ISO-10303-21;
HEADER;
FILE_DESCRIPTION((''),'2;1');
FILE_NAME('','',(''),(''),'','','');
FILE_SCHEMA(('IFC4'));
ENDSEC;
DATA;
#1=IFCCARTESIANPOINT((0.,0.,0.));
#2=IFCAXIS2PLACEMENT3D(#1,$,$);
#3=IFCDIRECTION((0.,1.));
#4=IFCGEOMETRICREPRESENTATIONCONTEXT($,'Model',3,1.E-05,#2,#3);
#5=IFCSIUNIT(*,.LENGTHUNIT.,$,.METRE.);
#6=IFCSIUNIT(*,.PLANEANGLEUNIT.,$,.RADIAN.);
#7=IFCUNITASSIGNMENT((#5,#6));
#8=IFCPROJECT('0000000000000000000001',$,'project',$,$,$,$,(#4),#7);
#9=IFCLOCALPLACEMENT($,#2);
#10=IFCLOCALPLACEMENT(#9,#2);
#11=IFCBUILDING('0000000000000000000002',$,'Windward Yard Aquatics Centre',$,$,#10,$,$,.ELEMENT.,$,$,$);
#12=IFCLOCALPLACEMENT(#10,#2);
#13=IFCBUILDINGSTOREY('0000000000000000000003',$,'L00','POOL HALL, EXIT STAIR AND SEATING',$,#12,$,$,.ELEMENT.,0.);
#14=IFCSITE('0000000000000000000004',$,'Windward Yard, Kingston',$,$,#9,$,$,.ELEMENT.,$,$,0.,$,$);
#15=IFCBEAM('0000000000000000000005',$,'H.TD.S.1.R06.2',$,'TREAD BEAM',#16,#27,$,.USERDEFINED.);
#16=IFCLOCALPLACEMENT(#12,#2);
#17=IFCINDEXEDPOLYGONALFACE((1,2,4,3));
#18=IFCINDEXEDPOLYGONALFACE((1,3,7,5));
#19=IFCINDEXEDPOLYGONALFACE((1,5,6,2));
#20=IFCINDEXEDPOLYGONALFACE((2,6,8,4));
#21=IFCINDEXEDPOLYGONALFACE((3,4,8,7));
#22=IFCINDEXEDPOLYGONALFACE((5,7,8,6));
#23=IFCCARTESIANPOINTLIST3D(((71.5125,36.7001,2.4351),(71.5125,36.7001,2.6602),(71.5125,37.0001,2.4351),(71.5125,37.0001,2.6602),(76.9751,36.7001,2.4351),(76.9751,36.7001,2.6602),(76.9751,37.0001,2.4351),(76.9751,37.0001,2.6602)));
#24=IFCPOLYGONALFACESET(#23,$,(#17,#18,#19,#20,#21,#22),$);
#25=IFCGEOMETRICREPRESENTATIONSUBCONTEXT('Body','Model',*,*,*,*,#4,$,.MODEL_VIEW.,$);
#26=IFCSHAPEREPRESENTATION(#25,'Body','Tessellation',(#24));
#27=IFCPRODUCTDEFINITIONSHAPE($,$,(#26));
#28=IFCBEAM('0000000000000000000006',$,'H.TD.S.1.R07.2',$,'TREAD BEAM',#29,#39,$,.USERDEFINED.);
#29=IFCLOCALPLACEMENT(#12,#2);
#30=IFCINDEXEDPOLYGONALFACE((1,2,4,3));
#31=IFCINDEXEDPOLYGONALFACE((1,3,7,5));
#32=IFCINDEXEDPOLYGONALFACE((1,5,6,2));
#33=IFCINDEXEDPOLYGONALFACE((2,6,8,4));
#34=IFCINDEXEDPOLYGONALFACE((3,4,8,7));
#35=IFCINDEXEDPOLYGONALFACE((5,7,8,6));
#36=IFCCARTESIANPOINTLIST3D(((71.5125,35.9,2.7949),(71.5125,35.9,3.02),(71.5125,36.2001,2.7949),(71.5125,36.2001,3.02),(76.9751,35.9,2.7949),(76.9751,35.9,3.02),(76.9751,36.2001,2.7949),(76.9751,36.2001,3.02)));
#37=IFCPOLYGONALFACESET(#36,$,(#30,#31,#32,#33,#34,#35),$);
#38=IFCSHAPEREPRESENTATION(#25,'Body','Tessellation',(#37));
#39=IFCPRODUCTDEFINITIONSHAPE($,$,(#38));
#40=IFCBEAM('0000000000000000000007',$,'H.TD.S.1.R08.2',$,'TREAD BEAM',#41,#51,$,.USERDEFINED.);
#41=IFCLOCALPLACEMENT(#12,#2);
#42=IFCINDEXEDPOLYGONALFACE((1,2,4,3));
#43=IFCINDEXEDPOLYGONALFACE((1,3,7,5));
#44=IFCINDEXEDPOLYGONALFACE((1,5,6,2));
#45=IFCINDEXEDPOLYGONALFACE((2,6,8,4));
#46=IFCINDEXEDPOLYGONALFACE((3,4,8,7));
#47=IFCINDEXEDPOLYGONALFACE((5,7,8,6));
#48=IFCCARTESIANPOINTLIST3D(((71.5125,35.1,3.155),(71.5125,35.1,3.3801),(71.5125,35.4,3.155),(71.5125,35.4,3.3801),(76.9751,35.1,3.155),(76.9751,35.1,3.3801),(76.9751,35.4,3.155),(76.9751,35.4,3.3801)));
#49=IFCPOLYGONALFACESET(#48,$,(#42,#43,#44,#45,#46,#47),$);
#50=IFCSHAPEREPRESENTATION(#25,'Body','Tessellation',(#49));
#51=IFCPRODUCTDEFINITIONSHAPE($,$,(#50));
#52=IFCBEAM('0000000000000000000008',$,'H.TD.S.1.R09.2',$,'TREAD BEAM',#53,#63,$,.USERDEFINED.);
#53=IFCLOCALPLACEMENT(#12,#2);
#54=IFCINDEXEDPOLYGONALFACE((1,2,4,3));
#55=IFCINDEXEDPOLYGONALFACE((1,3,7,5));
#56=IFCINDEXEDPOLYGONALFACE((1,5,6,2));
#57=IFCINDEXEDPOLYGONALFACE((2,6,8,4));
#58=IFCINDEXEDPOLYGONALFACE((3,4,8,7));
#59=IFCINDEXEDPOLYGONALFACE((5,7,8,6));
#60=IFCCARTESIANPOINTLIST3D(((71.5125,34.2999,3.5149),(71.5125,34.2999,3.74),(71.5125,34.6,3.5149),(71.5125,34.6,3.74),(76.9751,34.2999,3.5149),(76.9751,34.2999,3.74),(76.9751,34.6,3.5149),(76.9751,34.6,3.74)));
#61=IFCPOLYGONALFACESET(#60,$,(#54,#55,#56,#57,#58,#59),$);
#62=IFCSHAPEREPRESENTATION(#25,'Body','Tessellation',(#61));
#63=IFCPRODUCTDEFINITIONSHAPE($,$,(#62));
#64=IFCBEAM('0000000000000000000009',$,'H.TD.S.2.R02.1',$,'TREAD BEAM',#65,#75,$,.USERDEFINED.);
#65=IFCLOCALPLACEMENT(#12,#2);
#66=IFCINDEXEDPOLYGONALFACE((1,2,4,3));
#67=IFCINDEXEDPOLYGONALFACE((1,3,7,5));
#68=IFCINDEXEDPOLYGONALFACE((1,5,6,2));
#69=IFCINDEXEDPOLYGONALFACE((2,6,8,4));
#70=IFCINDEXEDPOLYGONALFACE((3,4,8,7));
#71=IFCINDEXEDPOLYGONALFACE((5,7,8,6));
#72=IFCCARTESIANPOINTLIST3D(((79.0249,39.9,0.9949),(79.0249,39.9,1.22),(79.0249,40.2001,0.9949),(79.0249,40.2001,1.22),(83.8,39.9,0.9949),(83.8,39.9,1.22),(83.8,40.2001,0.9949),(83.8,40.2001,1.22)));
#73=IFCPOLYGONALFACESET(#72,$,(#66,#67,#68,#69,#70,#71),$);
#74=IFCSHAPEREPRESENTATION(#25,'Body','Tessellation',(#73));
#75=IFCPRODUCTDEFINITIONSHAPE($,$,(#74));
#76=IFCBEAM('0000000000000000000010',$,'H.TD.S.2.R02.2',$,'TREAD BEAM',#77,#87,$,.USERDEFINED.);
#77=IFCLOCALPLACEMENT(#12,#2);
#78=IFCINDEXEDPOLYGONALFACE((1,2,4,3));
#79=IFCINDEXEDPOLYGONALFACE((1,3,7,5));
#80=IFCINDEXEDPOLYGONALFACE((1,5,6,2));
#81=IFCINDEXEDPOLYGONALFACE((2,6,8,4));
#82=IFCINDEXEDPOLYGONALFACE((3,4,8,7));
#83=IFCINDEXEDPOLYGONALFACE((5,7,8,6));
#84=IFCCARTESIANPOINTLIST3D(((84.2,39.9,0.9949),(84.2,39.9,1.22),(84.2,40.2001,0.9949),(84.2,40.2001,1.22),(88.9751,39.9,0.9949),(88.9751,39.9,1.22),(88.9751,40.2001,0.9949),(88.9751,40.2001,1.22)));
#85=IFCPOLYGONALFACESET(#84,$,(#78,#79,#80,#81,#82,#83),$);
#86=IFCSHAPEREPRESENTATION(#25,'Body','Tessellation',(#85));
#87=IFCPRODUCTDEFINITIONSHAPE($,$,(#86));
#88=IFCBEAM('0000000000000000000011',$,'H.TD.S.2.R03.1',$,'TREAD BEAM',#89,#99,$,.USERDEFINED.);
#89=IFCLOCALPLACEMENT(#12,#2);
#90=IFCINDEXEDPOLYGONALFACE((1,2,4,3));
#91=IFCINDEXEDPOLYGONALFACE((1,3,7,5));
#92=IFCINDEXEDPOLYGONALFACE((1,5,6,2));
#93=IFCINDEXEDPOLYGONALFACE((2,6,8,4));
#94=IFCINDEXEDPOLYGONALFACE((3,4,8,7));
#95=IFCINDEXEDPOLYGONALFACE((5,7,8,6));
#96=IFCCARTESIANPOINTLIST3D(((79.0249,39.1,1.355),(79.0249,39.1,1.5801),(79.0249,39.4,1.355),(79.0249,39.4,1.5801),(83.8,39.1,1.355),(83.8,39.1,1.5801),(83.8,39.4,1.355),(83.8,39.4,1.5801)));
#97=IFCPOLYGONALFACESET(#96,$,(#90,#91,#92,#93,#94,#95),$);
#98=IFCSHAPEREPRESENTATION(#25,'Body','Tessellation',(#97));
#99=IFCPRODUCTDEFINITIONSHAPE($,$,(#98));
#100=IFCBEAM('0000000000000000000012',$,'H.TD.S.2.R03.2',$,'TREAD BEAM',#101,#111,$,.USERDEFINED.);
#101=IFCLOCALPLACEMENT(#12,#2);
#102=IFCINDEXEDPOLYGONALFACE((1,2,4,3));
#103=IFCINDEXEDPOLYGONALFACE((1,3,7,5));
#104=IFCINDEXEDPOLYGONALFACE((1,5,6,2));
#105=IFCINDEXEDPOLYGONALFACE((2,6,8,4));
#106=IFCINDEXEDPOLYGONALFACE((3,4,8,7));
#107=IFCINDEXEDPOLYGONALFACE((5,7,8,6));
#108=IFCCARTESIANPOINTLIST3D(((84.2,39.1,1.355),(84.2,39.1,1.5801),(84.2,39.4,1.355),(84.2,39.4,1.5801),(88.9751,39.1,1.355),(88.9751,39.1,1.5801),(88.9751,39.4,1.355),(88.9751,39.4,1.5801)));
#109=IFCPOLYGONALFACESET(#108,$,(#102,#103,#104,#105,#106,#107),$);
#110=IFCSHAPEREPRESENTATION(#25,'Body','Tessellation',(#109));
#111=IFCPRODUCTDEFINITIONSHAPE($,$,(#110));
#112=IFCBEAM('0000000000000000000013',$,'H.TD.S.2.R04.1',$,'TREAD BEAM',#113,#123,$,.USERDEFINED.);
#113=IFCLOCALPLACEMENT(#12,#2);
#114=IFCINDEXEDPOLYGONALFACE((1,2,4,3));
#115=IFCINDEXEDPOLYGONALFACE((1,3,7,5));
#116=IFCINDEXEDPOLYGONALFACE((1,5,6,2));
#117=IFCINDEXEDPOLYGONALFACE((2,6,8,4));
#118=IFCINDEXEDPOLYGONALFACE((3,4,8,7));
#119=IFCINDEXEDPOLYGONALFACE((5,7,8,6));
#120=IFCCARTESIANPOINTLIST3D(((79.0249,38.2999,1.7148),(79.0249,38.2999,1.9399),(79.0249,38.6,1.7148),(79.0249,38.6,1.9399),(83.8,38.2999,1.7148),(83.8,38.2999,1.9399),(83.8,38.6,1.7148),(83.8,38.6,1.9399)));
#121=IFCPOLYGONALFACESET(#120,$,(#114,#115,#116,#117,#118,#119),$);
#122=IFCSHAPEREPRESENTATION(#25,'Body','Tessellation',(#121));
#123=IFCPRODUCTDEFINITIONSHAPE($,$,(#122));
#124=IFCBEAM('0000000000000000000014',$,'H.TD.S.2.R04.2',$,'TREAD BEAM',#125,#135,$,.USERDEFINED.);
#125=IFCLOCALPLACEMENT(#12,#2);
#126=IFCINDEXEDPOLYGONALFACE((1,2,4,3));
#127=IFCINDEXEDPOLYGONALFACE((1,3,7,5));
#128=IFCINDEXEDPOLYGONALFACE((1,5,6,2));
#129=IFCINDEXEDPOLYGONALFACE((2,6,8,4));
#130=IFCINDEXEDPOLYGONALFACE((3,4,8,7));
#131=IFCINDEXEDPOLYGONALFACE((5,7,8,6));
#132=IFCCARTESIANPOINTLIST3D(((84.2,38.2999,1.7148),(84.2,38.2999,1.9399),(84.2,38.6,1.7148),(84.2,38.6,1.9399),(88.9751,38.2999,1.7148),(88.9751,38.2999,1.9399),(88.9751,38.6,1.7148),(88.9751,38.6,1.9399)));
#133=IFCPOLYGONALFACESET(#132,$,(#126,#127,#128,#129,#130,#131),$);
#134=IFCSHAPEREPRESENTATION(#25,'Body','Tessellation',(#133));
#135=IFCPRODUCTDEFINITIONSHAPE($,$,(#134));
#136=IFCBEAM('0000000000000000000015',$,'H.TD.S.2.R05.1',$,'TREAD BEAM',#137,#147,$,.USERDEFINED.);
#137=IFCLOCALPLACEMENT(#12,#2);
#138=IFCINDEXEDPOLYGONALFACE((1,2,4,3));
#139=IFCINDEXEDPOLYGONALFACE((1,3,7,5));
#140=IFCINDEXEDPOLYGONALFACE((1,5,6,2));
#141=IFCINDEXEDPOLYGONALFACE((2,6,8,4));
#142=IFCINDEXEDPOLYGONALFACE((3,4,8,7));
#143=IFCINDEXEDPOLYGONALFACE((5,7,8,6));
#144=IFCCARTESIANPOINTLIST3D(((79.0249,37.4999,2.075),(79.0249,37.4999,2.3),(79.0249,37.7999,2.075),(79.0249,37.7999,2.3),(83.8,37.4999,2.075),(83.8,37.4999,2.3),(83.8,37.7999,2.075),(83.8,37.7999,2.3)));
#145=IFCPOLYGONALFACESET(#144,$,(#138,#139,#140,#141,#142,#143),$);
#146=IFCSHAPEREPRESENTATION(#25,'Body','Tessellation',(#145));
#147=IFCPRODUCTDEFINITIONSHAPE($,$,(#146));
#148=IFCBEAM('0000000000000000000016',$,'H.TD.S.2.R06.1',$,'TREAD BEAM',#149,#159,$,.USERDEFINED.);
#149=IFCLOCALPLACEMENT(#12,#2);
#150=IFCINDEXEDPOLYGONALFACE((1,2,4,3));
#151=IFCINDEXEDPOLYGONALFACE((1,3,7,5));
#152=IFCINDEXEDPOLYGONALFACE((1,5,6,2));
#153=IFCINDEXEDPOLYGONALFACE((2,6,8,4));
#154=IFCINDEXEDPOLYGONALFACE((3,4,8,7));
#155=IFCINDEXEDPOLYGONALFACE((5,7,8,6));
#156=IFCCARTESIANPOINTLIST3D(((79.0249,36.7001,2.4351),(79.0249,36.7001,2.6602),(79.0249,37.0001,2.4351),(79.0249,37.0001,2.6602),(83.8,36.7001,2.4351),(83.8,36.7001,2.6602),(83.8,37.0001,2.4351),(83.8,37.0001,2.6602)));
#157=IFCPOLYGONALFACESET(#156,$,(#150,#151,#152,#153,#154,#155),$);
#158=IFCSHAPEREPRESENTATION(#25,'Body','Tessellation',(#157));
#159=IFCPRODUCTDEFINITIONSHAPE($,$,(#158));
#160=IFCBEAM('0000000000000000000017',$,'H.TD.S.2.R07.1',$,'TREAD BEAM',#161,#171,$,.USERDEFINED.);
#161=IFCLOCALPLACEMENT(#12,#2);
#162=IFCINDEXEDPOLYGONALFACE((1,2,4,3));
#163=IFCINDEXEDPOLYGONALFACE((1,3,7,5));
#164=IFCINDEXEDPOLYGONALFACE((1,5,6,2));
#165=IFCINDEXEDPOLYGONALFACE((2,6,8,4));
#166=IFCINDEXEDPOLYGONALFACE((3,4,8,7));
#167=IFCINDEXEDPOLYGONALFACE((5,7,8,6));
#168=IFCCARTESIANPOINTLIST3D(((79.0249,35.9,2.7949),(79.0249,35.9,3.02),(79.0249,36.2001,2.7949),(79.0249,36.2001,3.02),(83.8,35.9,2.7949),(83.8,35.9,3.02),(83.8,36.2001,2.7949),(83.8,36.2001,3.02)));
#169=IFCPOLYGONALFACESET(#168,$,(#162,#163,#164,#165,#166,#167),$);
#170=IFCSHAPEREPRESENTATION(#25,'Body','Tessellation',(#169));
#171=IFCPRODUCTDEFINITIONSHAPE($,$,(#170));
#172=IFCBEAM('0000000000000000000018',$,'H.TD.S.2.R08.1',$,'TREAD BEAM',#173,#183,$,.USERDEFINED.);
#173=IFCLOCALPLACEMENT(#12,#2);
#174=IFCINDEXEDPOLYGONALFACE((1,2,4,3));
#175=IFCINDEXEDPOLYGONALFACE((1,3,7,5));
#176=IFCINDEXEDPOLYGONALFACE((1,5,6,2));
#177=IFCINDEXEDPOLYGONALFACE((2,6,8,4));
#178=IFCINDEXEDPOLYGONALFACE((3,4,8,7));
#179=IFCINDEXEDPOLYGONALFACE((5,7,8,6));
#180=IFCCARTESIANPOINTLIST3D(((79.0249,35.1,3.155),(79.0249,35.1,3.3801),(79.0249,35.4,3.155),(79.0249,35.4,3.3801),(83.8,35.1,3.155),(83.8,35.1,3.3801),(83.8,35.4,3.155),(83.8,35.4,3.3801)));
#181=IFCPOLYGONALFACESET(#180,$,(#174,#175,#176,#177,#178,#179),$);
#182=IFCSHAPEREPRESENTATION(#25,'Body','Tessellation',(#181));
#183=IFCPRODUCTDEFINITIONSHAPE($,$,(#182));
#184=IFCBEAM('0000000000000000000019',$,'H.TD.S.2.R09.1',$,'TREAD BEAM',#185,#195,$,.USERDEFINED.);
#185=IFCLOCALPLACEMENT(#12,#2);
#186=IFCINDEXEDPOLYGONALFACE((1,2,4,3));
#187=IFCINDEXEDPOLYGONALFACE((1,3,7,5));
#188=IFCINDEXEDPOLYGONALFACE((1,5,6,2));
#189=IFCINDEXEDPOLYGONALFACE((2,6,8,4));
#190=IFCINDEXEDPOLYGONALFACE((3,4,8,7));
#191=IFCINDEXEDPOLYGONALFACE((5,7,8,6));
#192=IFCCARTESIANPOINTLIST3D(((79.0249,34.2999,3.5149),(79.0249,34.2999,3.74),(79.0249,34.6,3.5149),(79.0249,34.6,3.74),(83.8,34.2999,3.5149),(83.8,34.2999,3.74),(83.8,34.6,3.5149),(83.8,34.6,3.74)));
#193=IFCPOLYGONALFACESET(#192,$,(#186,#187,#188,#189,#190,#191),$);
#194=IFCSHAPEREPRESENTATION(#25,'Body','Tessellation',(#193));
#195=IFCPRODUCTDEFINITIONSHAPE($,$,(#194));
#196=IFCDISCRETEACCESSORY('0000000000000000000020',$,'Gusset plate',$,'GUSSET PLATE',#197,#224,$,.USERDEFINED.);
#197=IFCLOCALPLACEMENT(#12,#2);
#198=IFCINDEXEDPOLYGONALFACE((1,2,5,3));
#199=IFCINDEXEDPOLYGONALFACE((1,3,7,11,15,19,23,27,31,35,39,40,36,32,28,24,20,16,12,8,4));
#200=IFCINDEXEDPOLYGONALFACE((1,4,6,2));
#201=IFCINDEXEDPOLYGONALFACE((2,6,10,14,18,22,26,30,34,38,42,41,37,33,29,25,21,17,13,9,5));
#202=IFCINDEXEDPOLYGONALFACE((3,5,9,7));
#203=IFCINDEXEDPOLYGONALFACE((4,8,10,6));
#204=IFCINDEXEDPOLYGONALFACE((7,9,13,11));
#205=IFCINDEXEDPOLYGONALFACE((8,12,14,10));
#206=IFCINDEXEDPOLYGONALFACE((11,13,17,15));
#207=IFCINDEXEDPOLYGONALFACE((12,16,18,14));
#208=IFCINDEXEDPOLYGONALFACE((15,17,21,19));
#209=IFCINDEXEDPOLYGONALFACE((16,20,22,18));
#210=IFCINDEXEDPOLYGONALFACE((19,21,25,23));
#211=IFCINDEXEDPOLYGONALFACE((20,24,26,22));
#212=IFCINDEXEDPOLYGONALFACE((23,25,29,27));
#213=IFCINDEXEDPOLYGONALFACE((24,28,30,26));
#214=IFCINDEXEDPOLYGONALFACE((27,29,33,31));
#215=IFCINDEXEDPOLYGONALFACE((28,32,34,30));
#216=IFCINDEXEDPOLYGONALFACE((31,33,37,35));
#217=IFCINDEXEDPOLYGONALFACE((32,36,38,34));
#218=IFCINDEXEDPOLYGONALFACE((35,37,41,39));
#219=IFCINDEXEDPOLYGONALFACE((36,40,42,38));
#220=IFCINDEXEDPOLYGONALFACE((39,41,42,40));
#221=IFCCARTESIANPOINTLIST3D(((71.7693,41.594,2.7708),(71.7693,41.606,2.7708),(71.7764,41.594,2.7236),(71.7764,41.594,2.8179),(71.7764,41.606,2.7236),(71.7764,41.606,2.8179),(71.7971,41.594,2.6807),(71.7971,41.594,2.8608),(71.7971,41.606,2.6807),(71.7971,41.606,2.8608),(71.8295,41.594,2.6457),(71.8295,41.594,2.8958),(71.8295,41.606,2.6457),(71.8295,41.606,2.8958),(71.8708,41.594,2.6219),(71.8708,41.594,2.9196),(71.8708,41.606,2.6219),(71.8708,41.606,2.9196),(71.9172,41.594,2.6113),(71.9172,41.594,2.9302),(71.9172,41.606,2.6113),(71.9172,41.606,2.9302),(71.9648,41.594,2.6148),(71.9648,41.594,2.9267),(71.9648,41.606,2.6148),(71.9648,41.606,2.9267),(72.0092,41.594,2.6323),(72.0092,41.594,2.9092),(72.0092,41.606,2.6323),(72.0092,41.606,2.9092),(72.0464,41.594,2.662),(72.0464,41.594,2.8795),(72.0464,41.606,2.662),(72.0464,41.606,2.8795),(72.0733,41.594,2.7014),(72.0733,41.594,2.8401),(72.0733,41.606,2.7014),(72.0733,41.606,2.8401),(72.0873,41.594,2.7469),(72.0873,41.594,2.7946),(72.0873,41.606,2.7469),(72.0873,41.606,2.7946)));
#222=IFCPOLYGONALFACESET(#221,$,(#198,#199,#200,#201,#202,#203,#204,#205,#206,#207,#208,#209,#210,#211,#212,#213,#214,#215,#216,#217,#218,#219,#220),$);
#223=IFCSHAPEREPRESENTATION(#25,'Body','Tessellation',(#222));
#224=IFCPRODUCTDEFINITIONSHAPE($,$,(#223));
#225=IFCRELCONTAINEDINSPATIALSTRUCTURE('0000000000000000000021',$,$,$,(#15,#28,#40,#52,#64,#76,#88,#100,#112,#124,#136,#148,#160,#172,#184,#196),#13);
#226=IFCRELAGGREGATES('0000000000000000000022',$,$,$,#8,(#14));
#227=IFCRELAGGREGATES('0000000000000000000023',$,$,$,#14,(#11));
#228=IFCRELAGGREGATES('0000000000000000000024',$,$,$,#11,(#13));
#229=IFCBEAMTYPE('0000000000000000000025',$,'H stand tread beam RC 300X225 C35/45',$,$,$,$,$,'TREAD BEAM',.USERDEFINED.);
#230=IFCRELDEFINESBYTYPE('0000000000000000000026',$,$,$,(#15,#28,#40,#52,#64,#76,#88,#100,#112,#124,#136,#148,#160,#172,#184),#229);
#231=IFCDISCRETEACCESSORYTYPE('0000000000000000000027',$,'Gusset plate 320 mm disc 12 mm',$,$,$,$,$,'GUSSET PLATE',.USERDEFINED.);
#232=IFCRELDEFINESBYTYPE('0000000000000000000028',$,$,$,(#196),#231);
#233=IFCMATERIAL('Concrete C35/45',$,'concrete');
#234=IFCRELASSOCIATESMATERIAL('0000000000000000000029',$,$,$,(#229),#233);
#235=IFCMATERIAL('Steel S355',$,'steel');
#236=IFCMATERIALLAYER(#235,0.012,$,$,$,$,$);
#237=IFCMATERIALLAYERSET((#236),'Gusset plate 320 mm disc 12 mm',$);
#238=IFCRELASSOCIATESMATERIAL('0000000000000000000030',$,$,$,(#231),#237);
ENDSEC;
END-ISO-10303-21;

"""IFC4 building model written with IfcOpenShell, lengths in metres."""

from ifc_helpers import new_model, si_unit, direction, frame, origin, origin_2d, place, context, subcontext, project, spatial, rectangle, circle, extrude, material, layer, layer_set, material_profile, profile_set, type_object, element, save


model = new_model("IFC4")

# Units and contexts
model_context = context("Model", 3, precision=1e-05, world=origin(), true_north=direction((0.0, 1.0)))
body_context = subcontext(model_context, "Body", "Model", "MODEL_VIEW")
ifc_project = project(units=[si_unit("LENGTHUNIT", "METRE"), si_unit("PLANEANGLEUNIT", "RADIAN")], contexts=[model_context])

# Site, building, storey
site_placement = place(None, origin())
site = spatial("IfcSite", under=ifc_project, at=site_placement, Name="Windward Yard, Kingston", CompositionType="ELEMENT", RefElevation=0.0)
building_placement = place(site_placement, origin())
building = spatial("IfcBuilding", under=site, at=building_placement, Name="Windward Yard Aquatics Centre", CompositionType="ELEMENT")
storey_placement = place(building_placement, origin())
storey = spatial("IfcBuildingStorey", under=building, at=storey_placement, Name="L00", Description="POOL HALL, EXIT STAIR AND SEATING", CompositionType="ELEMENT", Elevation=0.0)

# Shared definitions
ifc_material_1 = material(Name="Concrete C35/45", Category="concrete")

# Beams
ifc_material_profile_1 = material_profile(ifc_material_1, rectangle(XDim=0.3, YDim=0.2251, at=origin_2d()), Name="RC 300X225")
ifc_profile_set_1 = profile_set([ifc_material_profile_1], Name="Concrete C35/45")
beam_type_1 = type_object("IfcBeamType", Name="H stand tread beam RC 300X225 C35/45", ElementType="TREAD BEAM", PredefinedType="USERDEFINED", material=ifc_profile_set_1)
for number, where, z_axis, x_axis, name in (
    (1, (71.5125, 36.8501, 2.5476), (1.0, 0.0, 0.0), (0.0, 1.0, 0.0), "H.TD.S.1.R06.2"),
    (2, (71.5125, 36.05, 2.9075), (1.0, 0.0, 0.0), (0.0, 1.0, 0.0), "H.TD.S.1.R07.2"),
    (3, (71.5125, 35.25, 3.2676), (1.0, 0.0, 0.0), (0.0, 1.0, 0.0), "H.TD.S.1.R08.2"),
    (4, (71.5125, 34.45, 3.6274), (1.0, 0.0, 0.0), (0.0, 1.0, 0.0), "H.TD.S.1.R09.2"),
):
    element("IfcBeam", number, at=place(storey_placement, frame(where, z_axis=z_axis, x_axis=x_axis)), inside=storey, type_object=beam_type_1, Name=name, ObjectType="TREAD BEAM", PredefinedType="USERDEFINED", context=body_context, shape_type="SweptSolid", body=[
        extrude(rectangle(XDim=0.3, YDim=0.2251, at=origin_2d()), origin(), (0.0, 0.0, 1.0), 5.4626),
    ])
for number, where, z_axis, x_axis, name in (
    (5, (79.0249, 40.05, 1.1074), (1.0, 0.0, 0.0), (0.0, 1.0, 0.0), "H.TD.S.2.R02.1"),
    (6, (84.2, 40.05, 1.1074), (1.0, 0.0, 0.0), (0.0, 1.0, 0.0), "H.TD.S.2.R02.2"),
    (7, (79.0249, 39.25, 1.4675), (1.0, 0.0, 0.0), (0.0, 1.0, 0.0), "H.TD.S.2.R03.1"),
    (8, (84.2, 39.25, 1.4675), (1.0, 0.0, 0.0), (0.0, 1.0, 0.0), "H.TD.S.2.R03.2"),
    (9, (79.0249, 38.45, 1.8274), (1.0, 0.0, 0.0), (0.0, 1.0, 0.0), "H.TD.S.2.R04.1"),
    (10, (84.2, 38.45, 1.8274), (1.0, 0.0, 0.0), (0.0, 1.0, 0.0), "H.TD.S.2.R04.2"),
    (11, (79.0249, 37.6499, 2.1875), (1.0, 0.0, 0.0), (0.0, 1.0, 0.0), "H.TD.S.2.R05.1"),
    (12, (79.0249, 36.8501, 2.5476), (1.0, 0.0, 0.0), (0.0, 1.0, 0.0), "H.TD.S.2.R06.1"),
    (13, (79.0249, 36.05, 2.9075), (1.0, 0.0, 0.0), (0.0, 1.0, 0.0), "H.TD.S.2.R07.1"),
    (14, (79.0249, 35.25, 3.2676), (1.0, 0.0, 0.0), (0.0, 1.0, 0.0), "H.TD.S.2.R08.1"),
    (15, (79.0249, 34.45, 3.6274), (1.0, 0.0, 0.0), (0.0, 1.0, 0.0), "H.TD.S.2.R09.1"),
):
    element("IfcBeam", number, at=place(storey_placement, frame(where, z_axis=z_axis, x_axis=x_axis)), inside=storey, type_object=beam_type_1, Name=name, ObjectType="TREAD BEAM", PredefinedType="USERDEFINED", context=body_context, shape_type="SweptSolid", body=[
        extrude(rectangle(XDim=0.3, YDim=0.2251, at=origin_2d()), origin(), (0.0, 0.0, 1.0), 4.7751),
    ])

# Discrete accessory
ifc_material_2 = material(Name="Steel S355", Category="steel")
ifc_layer = layer(ifc_material_2, 0.012)
ifc_layer_set = layer_set([ifc_layer], Name="Gusset plate 320 mm disc 12 mm")
discrete_accessory_type = type_object("IfcDiscreteAccessoryType", Name="Gusset plate 320 mm disc 12 mm", ElementType="GUSSET PLATE", PredefinedType="USERDEFINED", material=ifc_layer_set)
discrete_accessory_placement = place(storey_placement, frame((71.9292, 41.594, 2.7708), z_axis=(0.0, 1.0, 0.0), x_axis=(-1.0, 0.0, 0.0)))
element("IfcDiscreteAccessory", 16, at=discrete_accessory_placement, inside=storey, type_object=discrete_accessory_type, Name="Gusset plate", ObjectType="GUSSET PLATE", PredefinedType="USERDEFINED", context=body_context, shape_type="SweptSolid", body=[
    extrude(circle(Radius=0.1599, at=origin_2d()), origin(), (0.0, 0.0, 1.0), 0.012),
])

save(model, "model.ifc")
